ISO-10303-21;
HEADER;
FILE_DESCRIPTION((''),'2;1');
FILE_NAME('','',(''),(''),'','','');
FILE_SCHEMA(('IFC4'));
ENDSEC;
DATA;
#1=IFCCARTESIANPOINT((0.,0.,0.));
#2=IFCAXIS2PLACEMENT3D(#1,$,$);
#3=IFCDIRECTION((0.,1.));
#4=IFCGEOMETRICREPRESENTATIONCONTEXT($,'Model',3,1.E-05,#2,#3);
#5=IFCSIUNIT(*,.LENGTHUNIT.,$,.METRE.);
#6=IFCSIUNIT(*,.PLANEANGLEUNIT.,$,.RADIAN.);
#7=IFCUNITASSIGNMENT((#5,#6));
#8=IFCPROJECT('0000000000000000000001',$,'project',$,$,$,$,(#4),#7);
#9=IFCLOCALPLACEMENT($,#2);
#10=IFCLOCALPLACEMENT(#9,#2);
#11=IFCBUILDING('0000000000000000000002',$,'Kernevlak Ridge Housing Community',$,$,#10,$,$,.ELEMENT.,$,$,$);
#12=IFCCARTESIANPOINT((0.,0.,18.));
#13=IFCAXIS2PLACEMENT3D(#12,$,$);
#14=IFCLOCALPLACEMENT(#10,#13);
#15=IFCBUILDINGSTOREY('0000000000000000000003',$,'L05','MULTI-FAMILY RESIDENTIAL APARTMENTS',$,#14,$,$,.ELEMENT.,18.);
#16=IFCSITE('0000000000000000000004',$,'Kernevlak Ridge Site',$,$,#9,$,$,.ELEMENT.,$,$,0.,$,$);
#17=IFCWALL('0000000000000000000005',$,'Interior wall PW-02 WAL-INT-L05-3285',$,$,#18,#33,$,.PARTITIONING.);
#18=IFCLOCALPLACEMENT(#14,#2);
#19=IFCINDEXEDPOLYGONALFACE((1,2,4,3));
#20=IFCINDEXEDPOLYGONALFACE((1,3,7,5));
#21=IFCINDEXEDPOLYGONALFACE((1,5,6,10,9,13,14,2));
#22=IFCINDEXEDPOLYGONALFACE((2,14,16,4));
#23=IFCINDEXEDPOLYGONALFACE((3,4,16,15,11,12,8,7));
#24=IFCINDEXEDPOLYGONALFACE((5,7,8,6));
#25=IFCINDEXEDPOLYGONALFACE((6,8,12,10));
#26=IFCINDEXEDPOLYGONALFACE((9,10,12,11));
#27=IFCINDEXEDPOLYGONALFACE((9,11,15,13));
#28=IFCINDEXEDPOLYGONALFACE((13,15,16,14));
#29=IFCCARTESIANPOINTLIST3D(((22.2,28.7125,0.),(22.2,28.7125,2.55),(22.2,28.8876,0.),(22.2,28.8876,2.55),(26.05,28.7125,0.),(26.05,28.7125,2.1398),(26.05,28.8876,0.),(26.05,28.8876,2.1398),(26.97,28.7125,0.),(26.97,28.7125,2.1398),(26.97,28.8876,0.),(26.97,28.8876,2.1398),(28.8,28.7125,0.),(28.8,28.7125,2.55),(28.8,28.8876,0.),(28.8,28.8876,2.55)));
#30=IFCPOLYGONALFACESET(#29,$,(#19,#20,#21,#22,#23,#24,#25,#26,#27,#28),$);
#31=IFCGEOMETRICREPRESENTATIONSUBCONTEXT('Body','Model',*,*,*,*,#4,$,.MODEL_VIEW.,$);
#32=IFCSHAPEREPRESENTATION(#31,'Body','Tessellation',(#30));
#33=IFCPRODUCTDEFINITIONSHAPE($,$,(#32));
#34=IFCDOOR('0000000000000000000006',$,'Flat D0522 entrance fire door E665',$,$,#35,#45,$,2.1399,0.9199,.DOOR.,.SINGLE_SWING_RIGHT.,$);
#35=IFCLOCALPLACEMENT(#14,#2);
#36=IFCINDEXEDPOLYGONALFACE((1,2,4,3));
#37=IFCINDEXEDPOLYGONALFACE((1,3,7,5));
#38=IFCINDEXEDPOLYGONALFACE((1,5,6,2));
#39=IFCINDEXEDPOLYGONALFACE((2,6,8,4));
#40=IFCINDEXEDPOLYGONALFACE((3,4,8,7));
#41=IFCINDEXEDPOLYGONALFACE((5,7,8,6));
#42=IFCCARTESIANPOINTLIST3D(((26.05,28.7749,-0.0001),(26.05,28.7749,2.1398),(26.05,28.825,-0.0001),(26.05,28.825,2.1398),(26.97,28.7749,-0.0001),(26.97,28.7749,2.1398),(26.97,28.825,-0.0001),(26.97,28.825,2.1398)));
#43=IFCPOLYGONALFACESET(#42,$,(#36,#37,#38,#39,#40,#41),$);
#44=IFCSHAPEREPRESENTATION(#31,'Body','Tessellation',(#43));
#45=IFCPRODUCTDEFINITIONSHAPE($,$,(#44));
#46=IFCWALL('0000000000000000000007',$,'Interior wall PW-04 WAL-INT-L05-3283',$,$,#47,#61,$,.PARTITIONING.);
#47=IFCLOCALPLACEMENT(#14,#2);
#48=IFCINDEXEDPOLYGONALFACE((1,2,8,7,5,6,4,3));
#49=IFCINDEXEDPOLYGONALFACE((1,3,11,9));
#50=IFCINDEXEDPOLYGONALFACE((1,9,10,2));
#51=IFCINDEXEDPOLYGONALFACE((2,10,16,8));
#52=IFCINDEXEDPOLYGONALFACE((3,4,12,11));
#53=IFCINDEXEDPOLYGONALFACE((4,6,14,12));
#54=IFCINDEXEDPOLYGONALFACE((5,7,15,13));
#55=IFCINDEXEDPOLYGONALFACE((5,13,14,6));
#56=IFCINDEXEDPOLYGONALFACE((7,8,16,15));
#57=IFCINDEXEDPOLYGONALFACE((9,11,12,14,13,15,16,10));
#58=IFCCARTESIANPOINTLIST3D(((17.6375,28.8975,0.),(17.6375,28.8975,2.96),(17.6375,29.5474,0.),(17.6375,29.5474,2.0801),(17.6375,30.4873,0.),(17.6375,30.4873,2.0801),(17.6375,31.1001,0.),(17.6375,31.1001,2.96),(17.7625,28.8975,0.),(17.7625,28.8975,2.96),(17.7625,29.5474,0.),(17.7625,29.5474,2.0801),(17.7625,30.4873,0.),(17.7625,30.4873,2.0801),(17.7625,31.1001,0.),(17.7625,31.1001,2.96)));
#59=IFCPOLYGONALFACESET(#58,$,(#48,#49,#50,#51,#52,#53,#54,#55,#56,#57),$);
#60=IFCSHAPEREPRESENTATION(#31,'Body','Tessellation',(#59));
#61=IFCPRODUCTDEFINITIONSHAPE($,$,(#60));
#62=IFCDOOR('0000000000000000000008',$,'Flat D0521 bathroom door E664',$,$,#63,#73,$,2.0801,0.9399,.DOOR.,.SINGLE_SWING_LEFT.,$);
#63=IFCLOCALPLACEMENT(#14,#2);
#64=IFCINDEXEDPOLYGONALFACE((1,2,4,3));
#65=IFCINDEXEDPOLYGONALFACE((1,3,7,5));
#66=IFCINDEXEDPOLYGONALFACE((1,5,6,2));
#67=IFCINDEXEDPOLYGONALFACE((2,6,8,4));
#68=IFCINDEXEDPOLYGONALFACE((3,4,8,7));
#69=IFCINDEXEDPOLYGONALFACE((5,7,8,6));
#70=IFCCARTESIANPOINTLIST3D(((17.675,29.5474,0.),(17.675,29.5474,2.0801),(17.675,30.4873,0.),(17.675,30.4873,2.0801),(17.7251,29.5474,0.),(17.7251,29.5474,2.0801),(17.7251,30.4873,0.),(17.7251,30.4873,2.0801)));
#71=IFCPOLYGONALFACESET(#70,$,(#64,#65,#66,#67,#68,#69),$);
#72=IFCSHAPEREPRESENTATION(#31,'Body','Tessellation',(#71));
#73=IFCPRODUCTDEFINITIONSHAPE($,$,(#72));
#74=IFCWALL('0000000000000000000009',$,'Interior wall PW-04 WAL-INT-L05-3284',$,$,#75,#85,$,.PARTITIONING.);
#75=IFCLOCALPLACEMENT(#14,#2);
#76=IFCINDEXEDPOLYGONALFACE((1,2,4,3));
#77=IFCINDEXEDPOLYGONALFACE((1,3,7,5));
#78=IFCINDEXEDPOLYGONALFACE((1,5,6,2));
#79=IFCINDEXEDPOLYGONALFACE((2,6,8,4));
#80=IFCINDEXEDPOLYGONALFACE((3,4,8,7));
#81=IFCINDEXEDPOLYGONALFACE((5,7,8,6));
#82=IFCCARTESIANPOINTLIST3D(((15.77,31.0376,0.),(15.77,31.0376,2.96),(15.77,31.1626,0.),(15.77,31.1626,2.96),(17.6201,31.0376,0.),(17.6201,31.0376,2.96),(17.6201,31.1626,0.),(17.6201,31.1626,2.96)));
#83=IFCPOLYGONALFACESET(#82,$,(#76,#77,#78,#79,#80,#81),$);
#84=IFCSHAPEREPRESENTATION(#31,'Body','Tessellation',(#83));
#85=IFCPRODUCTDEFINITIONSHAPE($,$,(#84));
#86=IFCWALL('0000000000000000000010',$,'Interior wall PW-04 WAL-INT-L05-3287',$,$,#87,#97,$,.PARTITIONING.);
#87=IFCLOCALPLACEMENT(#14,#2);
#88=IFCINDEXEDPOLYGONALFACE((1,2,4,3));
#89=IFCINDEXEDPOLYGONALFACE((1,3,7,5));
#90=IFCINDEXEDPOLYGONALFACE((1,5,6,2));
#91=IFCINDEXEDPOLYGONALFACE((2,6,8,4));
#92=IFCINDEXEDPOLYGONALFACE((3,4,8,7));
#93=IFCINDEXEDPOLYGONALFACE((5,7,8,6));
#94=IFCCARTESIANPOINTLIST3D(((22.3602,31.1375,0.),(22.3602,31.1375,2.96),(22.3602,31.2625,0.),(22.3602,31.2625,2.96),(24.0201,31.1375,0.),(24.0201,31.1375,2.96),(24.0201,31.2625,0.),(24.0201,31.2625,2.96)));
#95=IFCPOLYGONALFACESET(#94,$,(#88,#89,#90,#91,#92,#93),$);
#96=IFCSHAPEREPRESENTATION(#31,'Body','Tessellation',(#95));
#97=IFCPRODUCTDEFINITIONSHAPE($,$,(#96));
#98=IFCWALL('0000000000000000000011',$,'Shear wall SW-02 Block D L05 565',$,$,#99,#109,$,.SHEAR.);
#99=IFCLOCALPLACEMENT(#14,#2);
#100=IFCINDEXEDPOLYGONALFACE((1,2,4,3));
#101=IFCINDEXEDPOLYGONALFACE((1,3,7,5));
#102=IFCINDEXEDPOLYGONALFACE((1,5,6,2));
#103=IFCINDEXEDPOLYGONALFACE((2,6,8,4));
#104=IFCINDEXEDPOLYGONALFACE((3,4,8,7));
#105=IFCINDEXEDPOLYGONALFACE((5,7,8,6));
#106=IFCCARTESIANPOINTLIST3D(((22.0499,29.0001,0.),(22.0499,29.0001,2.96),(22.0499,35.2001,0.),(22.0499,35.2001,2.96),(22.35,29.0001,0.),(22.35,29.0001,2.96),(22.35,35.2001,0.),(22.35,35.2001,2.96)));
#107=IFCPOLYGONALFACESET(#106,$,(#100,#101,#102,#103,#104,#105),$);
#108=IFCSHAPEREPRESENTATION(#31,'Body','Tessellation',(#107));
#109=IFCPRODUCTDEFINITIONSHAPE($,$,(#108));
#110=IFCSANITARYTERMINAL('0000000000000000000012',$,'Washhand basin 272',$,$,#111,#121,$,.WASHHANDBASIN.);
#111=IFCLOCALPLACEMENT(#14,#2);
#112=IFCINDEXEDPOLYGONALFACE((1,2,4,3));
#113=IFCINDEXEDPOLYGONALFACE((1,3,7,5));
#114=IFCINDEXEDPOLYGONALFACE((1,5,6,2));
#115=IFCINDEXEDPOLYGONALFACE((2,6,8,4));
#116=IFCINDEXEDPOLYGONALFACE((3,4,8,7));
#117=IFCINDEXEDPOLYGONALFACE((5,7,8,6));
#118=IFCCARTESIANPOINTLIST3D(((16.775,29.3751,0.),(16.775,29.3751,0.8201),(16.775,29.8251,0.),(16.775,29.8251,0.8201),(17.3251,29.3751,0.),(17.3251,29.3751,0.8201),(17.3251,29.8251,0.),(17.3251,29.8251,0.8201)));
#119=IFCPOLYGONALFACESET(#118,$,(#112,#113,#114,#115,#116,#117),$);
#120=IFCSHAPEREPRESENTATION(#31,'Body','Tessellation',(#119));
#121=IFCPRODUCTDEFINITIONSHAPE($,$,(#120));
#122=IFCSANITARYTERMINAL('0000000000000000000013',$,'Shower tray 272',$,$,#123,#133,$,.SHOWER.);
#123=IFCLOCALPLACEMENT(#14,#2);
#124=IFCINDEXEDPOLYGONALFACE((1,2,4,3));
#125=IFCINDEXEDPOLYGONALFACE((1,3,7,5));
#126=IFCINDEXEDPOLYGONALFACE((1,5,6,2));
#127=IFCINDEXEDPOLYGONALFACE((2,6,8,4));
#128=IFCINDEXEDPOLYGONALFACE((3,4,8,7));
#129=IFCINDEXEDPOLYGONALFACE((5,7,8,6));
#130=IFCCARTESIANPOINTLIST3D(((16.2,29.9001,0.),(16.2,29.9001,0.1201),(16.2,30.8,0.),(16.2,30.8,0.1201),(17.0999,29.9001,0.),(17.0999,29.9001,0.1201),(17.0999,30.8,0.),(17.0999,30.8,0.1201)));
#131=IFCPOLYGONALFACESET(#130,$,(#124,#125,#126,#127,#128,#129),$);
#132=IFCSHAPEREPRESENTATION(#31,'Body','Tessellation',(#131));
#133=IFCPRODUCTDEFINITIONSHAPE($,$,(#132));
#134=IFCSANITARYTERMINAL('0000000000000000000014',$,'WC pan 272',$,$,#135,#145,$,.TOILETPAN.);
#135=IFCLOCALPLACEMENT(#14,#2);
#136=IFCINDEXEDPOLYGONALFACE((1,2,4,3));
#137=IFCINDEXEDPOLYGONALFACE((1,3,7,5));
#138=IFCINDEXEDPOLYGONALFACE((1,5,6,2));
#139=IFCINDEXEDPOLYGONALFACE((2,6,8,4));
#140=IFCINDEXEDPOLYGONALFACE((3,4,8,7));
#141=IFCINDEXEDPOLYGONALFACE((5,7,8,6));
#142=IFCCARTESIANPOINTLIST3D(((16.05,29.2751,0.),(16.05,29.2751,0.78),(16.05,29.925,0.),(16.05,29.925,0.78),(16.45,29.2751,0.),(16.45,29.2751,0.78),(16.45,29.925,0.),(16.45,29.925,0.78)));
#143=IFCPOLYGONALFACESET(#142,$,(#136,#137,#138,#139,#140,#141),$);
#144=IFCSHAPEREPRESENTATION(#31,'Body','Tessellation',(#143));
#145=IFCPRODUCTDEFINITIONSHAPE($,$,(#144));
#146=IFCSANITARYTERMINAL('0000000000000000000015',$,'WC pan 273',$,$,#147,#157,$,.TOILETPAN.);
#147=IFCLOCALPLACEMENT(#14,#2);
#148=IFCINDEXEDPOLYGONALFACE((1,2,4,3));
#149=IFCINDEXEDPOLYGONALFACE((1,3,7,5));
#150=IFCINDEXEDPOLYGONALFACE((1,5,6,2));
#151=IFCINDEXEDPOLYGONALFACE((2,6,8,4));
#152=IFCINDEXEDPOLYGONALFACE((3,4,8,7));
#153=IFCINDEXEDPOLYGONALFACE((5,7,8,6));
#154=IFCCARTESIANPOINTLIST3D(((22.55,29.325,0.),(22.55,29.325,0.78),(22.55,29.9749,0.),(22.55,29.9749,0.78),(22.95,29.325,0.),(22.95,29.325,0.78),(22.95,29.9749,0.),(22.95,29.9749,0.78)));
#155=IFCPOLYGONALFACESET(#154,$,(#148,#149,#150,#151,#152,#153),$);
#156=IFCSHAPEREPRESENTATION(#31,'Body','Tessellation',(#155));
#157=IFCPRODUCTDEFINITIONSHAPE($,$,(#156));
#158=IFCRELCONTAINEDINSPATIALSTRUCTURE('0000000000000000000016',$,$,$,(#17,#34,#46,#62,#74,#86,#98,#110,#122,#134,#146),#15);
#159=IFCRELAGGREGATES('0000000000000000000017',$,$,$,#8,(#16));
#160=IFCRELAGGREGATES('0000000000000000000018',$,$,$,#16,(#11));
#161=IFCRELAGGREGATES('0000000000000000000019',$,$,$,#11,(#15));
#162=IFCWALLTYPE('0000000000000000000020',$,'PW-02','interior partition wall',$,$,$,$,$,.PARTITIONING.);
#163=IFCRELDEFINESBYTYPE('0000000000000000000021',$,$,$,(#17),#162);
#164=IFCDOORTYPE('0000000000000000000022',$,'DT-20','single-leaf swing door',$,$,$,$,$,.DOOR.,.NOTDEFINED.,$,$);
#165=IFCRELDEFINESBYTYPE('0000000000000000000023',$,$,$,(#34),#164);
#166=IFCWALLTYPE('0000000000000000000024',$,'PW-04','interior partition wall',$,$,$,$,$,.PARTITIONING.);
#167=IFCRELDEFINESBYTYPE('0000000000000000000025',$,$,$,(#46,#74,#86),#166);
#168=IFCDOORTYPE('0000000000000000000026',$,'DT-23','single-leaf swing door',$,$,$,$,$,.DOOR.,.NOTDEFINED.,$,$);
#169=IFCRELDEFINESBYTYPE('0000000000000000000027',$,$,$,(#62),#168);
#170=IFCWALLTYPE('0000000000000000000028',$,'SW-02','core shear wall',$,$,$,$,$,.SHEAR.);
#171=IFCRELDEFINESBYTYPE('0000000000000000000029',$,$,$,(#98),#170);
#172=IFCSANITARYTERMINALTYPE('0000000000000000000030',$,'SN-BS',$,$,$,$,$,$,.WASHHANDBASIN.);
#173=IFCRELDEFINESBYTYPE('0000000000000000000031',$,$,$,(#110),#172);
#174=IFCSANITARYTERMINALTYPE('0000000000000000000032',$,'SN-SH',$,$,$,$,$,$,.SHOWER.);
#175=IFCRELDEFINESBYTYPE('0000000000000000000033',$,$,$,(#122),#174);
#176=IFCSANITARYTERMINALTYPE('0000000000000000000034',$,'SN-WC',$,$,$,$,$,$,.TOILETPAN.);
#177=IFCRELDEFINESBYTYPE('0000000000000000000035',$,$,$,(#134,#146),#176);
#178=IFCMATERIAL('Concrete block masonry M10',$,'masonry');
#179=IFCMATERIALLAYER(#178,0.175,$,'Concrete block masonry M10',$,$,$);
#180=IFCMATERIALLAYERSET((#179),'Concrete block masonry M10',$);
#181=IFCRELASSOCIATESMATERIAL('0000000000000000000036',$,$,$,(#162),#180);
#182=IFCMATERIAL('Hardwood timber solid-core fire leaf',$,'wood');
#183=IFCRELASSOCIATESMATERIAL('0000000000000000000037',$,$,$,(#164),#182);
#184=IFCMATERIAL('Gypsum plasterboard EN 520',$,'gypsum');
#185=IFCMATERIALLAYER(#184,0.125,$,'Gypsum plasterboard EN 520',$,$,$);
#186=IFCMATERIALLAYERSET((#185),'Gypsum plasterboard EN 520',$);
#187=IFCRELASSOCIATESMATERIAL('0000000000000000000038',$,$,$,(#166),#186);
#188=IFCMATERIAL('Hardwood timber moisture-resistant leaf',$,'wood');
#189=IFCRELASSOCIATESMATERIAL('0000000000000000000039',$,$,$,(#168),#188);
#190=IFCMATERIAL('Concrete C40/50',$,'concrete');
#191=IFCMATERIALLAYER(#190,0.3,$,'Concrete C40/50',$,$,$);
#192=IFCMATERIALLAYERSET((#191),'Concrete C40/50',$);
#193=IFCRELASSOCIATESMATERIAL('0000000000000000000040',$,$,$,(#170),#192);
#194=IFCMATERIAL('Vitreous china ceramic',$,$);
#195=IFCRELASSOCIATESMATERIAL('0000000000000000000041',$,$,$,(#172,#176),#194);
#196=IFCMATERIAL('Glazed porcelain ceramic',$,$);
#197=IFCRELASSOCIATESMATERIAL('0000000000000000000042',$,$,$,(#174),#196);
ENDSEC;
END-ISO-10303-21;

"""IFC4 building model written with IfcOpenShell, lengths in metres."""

from ifc_helpers import new_model, si_unit, direction, frame, frame_2d, origin, origin_2d, place, context, subcontext, project, spatial, rectangle, extrude, material, layer, layer_set, type_object, element, fill, save


model = new_model("IFC4")

# Units and contexts
model_context = context("Model", 3, precision=1e-05, world=origin(), true_north=direction((0.0, 1.0)))
body_context = subcontext(model_context, "Body", "Model", "MODEL_VIEW")
ifc_project = project(units=[si_unit("LENGTHUNIT", "METRE"), si_unit("PLANEANGLEUNIT", "RADIAN")], contexts=[model_context])

# Site, building, storey
site_placement = place(None, origin())
site = spatial("IfcSite", under=ifc_project, at=site_placement, Name="Kernevlak Ridge Site", CompositionType="ELEMENT", RefElevation=0.0)
building_placement = place(site_placement, origin())
building = spatial("IfcBuilding", under=site, at=building_placement, Name="Kernevlak Ridge Housing Community", CompositionType="ELEMENT")
storey_placement = place(building_placement, frame((0.0, 0.0, 18.0)))
storey = spatial("IfcBuildingStorey", under=building, at=storey_placement, Name="L05", Description="MULTI-FAMILY RESIDENTIAL APARTMENTS", CompositionType="ELEMENT", Elevation=18.0)

# Shared definitions
ifc_material_1 = material(Name="Concrete block masonry M10", Category="masonry")

# Shared definitions
ifc_layer_1 = layer(ifc_material_1, 0.175, Name="Concrete block masonry M10")
ifc_layer_set_1 = layer_set([ifc_layer_1], Name="Concrete block masonry M10")
wall_type_1 = type_object("IfcWallType", Name="PW-02", Description="interior partition wall", PredefinedType="PARTITIONING", material=ifc_layer_set_1)

# Walls, openings, doors
ifc_material_2 = material(Name="Hardwood timber solid-core fire leaf", Category="wood")
wall_1_placement = place(storey_placement, frame((22.2, 28.8, 0.0), z_axis=(0.0, 0.0, 1.0), x_axis=(1.0, 0.0, 0.0)))
wall_1 = element("IfcWall", 1, at=wall_1_placement, inside=storey, type_object=wall_type_1, Name="Interior wall PW-02 WAL-INT-L05-3285", PredefinedType="PARTITIONING", context=body_context, shape_type="SweptSolid", body=[
    extrude(rectangle(XDim=6.6001, YDim=0.175, at=frame_2d((3.3, 0.0))), origin(), (0.0, 0.0, 1.0), 2.55),
])
opening_1_placement = place(wall_1_placement, frame((3.8501, 0.0, 0.0)))
opening_1 = element("IfcOpeningElement", 2, at=opening_1_placement, cuts=wall_1, PredefinedType="OPENING", context=body_context, shape_type="SweptSolid", body=[
    extrude(rectangle(XDim=0.9199, YDim=2.1399, at=frame_2d((0.46, 1.0698))), frame((0.0, 0.0974, 0.0), z_axis=(0.0, -1.0, 0.0), x_axis=(1.0, 0.0, 0.0)), (0.0, 0.0, 1.0), 0.1951),
])
door_type_1 = type_object("IfcDoorType", Name="DT-20", Description="single-leaf swing door", OperationType="NOTDEFINED", PredefinedType="DOOR", material=ifc_material_2)
door_1_placement = place(opening_1_placement, origin())
door_1 = element("IfcDoor", 3, at=door_1_placement, inside=storey, type_object=door_type_1, Name="Flat D0522 entrance fire door E665", OperationType="SINGLE_SWING_RIGHT", OverallHeight=2.1399, OverallWidth=0.9199, PredefinedType="DOOR", context=body_context, shape_type="SweptSolid", body=[
    extrude(rectangle(XDim=0.9199, YDim=2.1399, at=frame_2d((0.46, 1.0698))), frame((0.0, 0.0249, 0.0), z_axis=(0.0, -1.0, 0.0), x_axis=(1.0, 0.0, 0.0)), (0.0, 0.0, 1.0), 0.05),
])
fill(opening_1, door_1)
ifc_material_3 = material(Name="Gypsum plasterboard EN 520", Category="gypsum")
ifc_layer_2 = layer(ifc_material_3, 0.125, Name="Gypsum plasterboard EN 520")
ifc_layer_set_2 = layer_set([ifc_layer_2], Name="Gypsum plasterboard EN 520")
wall_type_2 = type_object("IfcWallType", Name="PW-04", Description="interior partition wall", PredefinedType="PARTITIONING", material=ifc_layer_set_2)
wall_2_placement = place(storey_placement, frame((17.7, 28.8975, 0.0), z_axis=(0.0, 0.0, 1.0), x_axis=(0.0, 1.0, 0.0)))
wall_2 = element("IfcWall", 4, at=wall_2_placement, inside=storey, type_object=wall_type_2, Name="Interior wall PW-04 WAL-INT-L05-3283", PredefinedType="PARTITIONING", context=body_context, shape_type="SweptSolid", body=[
    extrude(rectangle(XDim=2.2026, YDim=0.125, at=frame_2d((1.1013, 0.0))), origin(), (0.0, 0.0, 1.0), 2.96),
])
opening_2_placement = place(wall_2_placement, frame((0.6499, 0.0, 0.0)))
opening_2 = element("IfcOpeningElement", 5, at=opening_2_placement, cuts=wall_2, PredefinedType="OPENING", context=body_context, shape_type="SweptSolid", body=[
    extrude(rectangle(XDim=0.9399, YDim=2.0801, at=frame_2d((0.47, 1.04))), frame((0.0, 0.0725, 0.0), z_axis=(0.0, -1.0, 0.0), x_axis=(1.0, 0.0, 0.0)), (0.0, 0.0, 1.0), 0.145),
])
ifc_material_4 = material(Name="Hardwood timber moisture-resistant leaf", Category="wood")
door_type_2 = type_object("IfcDoorType", Name="DT-23", Description="single-leaf swing door", OperationType="NOTDEFINED", PredefinedType="DOOR", material=ifc_material_4)
door_2_placement = place(opening_2_placement, origin())
door_2 = element("IfcDoor", 6, at=door_2_placement, inside=storey, type_object=door_type_2, Name="Flat D0521 bathroom door E664", OperationType="SINGLE_SWING_LEFT", OverallHeight=2.0801, OverallWidth=0.9399, PredefinedType="DOOR", context=body_context, shape_type="SweptSolid", body=[
    extrude(rectangle(XDim=0.9399, YDim=2.0801, at=frame_2d((0.47, 1.04))), frame((0.0, 0.0249, 0.0), z_axis=(0.0, -1.0, 0.0), x_axis=(1.0, 0.0, 0.0)), (0.0, 0.0, 1.0), 0.05),
])
fill(opening_2, door_2)

# Walls
wall_3_placement = place(storey_placement, frame((15.77, 31.1001, 0.0), z_axis=(0.0, 0.0, 1.0), x_axis=(1.0, 0.0, 0.0)))
element("IfcWall", 7, at=wall_3_placement, inside=storey, type_object=wall_type_2, Name="Interior wall PW-04 WAL-INT-L05-3284", PredefinedType="PARTITIONING", context=body_context, shape_type="SweptSolid", body=[
    extrude(rectangle(XDim=1.8501, YDim=0.125, at=frame_2d((0.925, 0.0))), origin(), (0.0, 0.0, 1.0), 2.96),
])
wall_4_placement = place(storey_placement, frame((22.3601, 31.2, 0.0), z_axis=(0.0, 0.0, 1.0), x_axis=(1.0, 0.0, 0.0)))
element("IfcWall", 8, at=wall_4_placement, inside=storey, type_object=wall_type_2, Name="Interior wall PW-04 WAL-INT-L05-3287", PredefinedType="PARTITIONING", context=body_context, shape_type="SweptSolid", body=[
    extrude(rectangle(XDim=1.6599, YDim=0.125, at=frame_2d((0.8301, 0.0))), origin(), (0.0, 0.0, 1.0), 2.96),
])
ifc_material_5 = material(Name="Concrete C40/50", Category="concrete")
ifc_layer_3 = layer(ifc_material_5, 0.3, Name="Concrete C40/50")
ifc_layer_set_3 = layer_set([ifc_layer_3], Name="Concrete C40/50")
wall_type_3 = type_object("IfcWallType", Name="SW-02", Description="core shear wall", PredefinedType="SHEAR", material=ifc_layer_set_3)
wall_5_placement = place(storey_placement, frame((22.2, 29.0, 0.0), z_axis=(0.0, 0.0, 1.0), x_axis=(0.0, 1.0, 0.0)))
element("IfcWall", 9, at=wall_5_placement, inside=storey, type_object=wall_type_3, Name="Shear wall SW-02 Block D L05 565", PredefinedType="SHEAR", context=body_context, shape_type="SweptSolid", body=[
    extrude(rectangle(XDim=6.2, YDim=0.3, at=frame_2d((3.1001, 0.0))), origin(), (0.0, 0.0, 1.0), 2.96),
])

# Sanitary terminals
ifc_material_6 = material(Name="Vitreous china ceramic")
sanitary_terminal_type_1 = type_object("IfcSanitaryTerminalType", Name="SN-BS", PredefinedType="WASHHANDBASIN", material=ifc_material_6)
sanitary_terminal_1_placement = place(storey_placement, frame((17.05, 29.6001, 0.0), z_axis=(0.0, 0.0, 1.0), x_axis=(1.0, 0.0, 0.0)))
element("IfcSanitaryTerminal", 10, at=sanitary_terminal_1_placement, inside=storey, type_object=sanitary_terminal_type_1, Name="Washhand basin 272", PredefinedType="WASHHANDBASIN", context=body_context, shape_type="SweptSolid", body=[
    extrude(rectangle(XDim=0.55, YDim=0.45, at=origin_2d()), origin(), (0.0, 0.0, 1.0), 0.8201),
])
ifc_material_7 = material(Name="Glazed porcelain ceramic")
sanitary_terminal_type_2 = type_object("IfcSanitaryTerminalType", Name="SN-SH", PredefinedType="SHOWER", material=ifc_material_7)
sanitary_terminal_2_placement = place(storey_placement, frame((16.6499, 30.3501, 0.0), z_axis=(0.0, 0.0, 1.0), x_axis=(1.0, 0.0, 0.0)))
element("IfcSanitaryTerminal", 11, at=sanitary_terminal_2_placement, inside=storey, type_object=sanitary_terminal_type_2, Name="Shower tray 272", PredefinedType="SHOWER", context=body_context, shape_type="SweptSolid", body=[
    extrude(rectangle(XDim=0.8999, YDim=0.8999, at=origin_2d()), origin(), (0.0, 0.0, 1.0), 0.1201),
])
sanitary_terminal_type_3 = type_object("IfcSanitaryTerminalType", Name="SN-WC", PredefinedType="TOILETPAN", material=ifc_material_6)
for number, where, z_axis, x_axis, name in (
    (12, (16.25, 29.6001, 0.0), (0.0, 0.0, 1.0), (1.0, 0.0, 0.0), "WC pan 272"),
    (13, (22.75, 29.6499, 0.0), (0.0, 0.0, 1.0), (1.0, 0.0, 0.0), "WC pan 273"),
):
    element("IfcSanitaryTerminal", number, at=place(storey_placement, frame(where, z_axis=z_axis, x_axis=x_axis)), inside=storey, type_object=sanitary_terminal_type_3, Name=name, PredefinedType="TOILETPAN", context=body_context, shape_type="SweptSolid", body=[
        extrude(rectangle(XDim=0.3999, YDim=0.6499, at=origin_2d()), origin(), (0.0, 0.0, 1.0), 0.78),
    ])

save(model, "model.ifc")
